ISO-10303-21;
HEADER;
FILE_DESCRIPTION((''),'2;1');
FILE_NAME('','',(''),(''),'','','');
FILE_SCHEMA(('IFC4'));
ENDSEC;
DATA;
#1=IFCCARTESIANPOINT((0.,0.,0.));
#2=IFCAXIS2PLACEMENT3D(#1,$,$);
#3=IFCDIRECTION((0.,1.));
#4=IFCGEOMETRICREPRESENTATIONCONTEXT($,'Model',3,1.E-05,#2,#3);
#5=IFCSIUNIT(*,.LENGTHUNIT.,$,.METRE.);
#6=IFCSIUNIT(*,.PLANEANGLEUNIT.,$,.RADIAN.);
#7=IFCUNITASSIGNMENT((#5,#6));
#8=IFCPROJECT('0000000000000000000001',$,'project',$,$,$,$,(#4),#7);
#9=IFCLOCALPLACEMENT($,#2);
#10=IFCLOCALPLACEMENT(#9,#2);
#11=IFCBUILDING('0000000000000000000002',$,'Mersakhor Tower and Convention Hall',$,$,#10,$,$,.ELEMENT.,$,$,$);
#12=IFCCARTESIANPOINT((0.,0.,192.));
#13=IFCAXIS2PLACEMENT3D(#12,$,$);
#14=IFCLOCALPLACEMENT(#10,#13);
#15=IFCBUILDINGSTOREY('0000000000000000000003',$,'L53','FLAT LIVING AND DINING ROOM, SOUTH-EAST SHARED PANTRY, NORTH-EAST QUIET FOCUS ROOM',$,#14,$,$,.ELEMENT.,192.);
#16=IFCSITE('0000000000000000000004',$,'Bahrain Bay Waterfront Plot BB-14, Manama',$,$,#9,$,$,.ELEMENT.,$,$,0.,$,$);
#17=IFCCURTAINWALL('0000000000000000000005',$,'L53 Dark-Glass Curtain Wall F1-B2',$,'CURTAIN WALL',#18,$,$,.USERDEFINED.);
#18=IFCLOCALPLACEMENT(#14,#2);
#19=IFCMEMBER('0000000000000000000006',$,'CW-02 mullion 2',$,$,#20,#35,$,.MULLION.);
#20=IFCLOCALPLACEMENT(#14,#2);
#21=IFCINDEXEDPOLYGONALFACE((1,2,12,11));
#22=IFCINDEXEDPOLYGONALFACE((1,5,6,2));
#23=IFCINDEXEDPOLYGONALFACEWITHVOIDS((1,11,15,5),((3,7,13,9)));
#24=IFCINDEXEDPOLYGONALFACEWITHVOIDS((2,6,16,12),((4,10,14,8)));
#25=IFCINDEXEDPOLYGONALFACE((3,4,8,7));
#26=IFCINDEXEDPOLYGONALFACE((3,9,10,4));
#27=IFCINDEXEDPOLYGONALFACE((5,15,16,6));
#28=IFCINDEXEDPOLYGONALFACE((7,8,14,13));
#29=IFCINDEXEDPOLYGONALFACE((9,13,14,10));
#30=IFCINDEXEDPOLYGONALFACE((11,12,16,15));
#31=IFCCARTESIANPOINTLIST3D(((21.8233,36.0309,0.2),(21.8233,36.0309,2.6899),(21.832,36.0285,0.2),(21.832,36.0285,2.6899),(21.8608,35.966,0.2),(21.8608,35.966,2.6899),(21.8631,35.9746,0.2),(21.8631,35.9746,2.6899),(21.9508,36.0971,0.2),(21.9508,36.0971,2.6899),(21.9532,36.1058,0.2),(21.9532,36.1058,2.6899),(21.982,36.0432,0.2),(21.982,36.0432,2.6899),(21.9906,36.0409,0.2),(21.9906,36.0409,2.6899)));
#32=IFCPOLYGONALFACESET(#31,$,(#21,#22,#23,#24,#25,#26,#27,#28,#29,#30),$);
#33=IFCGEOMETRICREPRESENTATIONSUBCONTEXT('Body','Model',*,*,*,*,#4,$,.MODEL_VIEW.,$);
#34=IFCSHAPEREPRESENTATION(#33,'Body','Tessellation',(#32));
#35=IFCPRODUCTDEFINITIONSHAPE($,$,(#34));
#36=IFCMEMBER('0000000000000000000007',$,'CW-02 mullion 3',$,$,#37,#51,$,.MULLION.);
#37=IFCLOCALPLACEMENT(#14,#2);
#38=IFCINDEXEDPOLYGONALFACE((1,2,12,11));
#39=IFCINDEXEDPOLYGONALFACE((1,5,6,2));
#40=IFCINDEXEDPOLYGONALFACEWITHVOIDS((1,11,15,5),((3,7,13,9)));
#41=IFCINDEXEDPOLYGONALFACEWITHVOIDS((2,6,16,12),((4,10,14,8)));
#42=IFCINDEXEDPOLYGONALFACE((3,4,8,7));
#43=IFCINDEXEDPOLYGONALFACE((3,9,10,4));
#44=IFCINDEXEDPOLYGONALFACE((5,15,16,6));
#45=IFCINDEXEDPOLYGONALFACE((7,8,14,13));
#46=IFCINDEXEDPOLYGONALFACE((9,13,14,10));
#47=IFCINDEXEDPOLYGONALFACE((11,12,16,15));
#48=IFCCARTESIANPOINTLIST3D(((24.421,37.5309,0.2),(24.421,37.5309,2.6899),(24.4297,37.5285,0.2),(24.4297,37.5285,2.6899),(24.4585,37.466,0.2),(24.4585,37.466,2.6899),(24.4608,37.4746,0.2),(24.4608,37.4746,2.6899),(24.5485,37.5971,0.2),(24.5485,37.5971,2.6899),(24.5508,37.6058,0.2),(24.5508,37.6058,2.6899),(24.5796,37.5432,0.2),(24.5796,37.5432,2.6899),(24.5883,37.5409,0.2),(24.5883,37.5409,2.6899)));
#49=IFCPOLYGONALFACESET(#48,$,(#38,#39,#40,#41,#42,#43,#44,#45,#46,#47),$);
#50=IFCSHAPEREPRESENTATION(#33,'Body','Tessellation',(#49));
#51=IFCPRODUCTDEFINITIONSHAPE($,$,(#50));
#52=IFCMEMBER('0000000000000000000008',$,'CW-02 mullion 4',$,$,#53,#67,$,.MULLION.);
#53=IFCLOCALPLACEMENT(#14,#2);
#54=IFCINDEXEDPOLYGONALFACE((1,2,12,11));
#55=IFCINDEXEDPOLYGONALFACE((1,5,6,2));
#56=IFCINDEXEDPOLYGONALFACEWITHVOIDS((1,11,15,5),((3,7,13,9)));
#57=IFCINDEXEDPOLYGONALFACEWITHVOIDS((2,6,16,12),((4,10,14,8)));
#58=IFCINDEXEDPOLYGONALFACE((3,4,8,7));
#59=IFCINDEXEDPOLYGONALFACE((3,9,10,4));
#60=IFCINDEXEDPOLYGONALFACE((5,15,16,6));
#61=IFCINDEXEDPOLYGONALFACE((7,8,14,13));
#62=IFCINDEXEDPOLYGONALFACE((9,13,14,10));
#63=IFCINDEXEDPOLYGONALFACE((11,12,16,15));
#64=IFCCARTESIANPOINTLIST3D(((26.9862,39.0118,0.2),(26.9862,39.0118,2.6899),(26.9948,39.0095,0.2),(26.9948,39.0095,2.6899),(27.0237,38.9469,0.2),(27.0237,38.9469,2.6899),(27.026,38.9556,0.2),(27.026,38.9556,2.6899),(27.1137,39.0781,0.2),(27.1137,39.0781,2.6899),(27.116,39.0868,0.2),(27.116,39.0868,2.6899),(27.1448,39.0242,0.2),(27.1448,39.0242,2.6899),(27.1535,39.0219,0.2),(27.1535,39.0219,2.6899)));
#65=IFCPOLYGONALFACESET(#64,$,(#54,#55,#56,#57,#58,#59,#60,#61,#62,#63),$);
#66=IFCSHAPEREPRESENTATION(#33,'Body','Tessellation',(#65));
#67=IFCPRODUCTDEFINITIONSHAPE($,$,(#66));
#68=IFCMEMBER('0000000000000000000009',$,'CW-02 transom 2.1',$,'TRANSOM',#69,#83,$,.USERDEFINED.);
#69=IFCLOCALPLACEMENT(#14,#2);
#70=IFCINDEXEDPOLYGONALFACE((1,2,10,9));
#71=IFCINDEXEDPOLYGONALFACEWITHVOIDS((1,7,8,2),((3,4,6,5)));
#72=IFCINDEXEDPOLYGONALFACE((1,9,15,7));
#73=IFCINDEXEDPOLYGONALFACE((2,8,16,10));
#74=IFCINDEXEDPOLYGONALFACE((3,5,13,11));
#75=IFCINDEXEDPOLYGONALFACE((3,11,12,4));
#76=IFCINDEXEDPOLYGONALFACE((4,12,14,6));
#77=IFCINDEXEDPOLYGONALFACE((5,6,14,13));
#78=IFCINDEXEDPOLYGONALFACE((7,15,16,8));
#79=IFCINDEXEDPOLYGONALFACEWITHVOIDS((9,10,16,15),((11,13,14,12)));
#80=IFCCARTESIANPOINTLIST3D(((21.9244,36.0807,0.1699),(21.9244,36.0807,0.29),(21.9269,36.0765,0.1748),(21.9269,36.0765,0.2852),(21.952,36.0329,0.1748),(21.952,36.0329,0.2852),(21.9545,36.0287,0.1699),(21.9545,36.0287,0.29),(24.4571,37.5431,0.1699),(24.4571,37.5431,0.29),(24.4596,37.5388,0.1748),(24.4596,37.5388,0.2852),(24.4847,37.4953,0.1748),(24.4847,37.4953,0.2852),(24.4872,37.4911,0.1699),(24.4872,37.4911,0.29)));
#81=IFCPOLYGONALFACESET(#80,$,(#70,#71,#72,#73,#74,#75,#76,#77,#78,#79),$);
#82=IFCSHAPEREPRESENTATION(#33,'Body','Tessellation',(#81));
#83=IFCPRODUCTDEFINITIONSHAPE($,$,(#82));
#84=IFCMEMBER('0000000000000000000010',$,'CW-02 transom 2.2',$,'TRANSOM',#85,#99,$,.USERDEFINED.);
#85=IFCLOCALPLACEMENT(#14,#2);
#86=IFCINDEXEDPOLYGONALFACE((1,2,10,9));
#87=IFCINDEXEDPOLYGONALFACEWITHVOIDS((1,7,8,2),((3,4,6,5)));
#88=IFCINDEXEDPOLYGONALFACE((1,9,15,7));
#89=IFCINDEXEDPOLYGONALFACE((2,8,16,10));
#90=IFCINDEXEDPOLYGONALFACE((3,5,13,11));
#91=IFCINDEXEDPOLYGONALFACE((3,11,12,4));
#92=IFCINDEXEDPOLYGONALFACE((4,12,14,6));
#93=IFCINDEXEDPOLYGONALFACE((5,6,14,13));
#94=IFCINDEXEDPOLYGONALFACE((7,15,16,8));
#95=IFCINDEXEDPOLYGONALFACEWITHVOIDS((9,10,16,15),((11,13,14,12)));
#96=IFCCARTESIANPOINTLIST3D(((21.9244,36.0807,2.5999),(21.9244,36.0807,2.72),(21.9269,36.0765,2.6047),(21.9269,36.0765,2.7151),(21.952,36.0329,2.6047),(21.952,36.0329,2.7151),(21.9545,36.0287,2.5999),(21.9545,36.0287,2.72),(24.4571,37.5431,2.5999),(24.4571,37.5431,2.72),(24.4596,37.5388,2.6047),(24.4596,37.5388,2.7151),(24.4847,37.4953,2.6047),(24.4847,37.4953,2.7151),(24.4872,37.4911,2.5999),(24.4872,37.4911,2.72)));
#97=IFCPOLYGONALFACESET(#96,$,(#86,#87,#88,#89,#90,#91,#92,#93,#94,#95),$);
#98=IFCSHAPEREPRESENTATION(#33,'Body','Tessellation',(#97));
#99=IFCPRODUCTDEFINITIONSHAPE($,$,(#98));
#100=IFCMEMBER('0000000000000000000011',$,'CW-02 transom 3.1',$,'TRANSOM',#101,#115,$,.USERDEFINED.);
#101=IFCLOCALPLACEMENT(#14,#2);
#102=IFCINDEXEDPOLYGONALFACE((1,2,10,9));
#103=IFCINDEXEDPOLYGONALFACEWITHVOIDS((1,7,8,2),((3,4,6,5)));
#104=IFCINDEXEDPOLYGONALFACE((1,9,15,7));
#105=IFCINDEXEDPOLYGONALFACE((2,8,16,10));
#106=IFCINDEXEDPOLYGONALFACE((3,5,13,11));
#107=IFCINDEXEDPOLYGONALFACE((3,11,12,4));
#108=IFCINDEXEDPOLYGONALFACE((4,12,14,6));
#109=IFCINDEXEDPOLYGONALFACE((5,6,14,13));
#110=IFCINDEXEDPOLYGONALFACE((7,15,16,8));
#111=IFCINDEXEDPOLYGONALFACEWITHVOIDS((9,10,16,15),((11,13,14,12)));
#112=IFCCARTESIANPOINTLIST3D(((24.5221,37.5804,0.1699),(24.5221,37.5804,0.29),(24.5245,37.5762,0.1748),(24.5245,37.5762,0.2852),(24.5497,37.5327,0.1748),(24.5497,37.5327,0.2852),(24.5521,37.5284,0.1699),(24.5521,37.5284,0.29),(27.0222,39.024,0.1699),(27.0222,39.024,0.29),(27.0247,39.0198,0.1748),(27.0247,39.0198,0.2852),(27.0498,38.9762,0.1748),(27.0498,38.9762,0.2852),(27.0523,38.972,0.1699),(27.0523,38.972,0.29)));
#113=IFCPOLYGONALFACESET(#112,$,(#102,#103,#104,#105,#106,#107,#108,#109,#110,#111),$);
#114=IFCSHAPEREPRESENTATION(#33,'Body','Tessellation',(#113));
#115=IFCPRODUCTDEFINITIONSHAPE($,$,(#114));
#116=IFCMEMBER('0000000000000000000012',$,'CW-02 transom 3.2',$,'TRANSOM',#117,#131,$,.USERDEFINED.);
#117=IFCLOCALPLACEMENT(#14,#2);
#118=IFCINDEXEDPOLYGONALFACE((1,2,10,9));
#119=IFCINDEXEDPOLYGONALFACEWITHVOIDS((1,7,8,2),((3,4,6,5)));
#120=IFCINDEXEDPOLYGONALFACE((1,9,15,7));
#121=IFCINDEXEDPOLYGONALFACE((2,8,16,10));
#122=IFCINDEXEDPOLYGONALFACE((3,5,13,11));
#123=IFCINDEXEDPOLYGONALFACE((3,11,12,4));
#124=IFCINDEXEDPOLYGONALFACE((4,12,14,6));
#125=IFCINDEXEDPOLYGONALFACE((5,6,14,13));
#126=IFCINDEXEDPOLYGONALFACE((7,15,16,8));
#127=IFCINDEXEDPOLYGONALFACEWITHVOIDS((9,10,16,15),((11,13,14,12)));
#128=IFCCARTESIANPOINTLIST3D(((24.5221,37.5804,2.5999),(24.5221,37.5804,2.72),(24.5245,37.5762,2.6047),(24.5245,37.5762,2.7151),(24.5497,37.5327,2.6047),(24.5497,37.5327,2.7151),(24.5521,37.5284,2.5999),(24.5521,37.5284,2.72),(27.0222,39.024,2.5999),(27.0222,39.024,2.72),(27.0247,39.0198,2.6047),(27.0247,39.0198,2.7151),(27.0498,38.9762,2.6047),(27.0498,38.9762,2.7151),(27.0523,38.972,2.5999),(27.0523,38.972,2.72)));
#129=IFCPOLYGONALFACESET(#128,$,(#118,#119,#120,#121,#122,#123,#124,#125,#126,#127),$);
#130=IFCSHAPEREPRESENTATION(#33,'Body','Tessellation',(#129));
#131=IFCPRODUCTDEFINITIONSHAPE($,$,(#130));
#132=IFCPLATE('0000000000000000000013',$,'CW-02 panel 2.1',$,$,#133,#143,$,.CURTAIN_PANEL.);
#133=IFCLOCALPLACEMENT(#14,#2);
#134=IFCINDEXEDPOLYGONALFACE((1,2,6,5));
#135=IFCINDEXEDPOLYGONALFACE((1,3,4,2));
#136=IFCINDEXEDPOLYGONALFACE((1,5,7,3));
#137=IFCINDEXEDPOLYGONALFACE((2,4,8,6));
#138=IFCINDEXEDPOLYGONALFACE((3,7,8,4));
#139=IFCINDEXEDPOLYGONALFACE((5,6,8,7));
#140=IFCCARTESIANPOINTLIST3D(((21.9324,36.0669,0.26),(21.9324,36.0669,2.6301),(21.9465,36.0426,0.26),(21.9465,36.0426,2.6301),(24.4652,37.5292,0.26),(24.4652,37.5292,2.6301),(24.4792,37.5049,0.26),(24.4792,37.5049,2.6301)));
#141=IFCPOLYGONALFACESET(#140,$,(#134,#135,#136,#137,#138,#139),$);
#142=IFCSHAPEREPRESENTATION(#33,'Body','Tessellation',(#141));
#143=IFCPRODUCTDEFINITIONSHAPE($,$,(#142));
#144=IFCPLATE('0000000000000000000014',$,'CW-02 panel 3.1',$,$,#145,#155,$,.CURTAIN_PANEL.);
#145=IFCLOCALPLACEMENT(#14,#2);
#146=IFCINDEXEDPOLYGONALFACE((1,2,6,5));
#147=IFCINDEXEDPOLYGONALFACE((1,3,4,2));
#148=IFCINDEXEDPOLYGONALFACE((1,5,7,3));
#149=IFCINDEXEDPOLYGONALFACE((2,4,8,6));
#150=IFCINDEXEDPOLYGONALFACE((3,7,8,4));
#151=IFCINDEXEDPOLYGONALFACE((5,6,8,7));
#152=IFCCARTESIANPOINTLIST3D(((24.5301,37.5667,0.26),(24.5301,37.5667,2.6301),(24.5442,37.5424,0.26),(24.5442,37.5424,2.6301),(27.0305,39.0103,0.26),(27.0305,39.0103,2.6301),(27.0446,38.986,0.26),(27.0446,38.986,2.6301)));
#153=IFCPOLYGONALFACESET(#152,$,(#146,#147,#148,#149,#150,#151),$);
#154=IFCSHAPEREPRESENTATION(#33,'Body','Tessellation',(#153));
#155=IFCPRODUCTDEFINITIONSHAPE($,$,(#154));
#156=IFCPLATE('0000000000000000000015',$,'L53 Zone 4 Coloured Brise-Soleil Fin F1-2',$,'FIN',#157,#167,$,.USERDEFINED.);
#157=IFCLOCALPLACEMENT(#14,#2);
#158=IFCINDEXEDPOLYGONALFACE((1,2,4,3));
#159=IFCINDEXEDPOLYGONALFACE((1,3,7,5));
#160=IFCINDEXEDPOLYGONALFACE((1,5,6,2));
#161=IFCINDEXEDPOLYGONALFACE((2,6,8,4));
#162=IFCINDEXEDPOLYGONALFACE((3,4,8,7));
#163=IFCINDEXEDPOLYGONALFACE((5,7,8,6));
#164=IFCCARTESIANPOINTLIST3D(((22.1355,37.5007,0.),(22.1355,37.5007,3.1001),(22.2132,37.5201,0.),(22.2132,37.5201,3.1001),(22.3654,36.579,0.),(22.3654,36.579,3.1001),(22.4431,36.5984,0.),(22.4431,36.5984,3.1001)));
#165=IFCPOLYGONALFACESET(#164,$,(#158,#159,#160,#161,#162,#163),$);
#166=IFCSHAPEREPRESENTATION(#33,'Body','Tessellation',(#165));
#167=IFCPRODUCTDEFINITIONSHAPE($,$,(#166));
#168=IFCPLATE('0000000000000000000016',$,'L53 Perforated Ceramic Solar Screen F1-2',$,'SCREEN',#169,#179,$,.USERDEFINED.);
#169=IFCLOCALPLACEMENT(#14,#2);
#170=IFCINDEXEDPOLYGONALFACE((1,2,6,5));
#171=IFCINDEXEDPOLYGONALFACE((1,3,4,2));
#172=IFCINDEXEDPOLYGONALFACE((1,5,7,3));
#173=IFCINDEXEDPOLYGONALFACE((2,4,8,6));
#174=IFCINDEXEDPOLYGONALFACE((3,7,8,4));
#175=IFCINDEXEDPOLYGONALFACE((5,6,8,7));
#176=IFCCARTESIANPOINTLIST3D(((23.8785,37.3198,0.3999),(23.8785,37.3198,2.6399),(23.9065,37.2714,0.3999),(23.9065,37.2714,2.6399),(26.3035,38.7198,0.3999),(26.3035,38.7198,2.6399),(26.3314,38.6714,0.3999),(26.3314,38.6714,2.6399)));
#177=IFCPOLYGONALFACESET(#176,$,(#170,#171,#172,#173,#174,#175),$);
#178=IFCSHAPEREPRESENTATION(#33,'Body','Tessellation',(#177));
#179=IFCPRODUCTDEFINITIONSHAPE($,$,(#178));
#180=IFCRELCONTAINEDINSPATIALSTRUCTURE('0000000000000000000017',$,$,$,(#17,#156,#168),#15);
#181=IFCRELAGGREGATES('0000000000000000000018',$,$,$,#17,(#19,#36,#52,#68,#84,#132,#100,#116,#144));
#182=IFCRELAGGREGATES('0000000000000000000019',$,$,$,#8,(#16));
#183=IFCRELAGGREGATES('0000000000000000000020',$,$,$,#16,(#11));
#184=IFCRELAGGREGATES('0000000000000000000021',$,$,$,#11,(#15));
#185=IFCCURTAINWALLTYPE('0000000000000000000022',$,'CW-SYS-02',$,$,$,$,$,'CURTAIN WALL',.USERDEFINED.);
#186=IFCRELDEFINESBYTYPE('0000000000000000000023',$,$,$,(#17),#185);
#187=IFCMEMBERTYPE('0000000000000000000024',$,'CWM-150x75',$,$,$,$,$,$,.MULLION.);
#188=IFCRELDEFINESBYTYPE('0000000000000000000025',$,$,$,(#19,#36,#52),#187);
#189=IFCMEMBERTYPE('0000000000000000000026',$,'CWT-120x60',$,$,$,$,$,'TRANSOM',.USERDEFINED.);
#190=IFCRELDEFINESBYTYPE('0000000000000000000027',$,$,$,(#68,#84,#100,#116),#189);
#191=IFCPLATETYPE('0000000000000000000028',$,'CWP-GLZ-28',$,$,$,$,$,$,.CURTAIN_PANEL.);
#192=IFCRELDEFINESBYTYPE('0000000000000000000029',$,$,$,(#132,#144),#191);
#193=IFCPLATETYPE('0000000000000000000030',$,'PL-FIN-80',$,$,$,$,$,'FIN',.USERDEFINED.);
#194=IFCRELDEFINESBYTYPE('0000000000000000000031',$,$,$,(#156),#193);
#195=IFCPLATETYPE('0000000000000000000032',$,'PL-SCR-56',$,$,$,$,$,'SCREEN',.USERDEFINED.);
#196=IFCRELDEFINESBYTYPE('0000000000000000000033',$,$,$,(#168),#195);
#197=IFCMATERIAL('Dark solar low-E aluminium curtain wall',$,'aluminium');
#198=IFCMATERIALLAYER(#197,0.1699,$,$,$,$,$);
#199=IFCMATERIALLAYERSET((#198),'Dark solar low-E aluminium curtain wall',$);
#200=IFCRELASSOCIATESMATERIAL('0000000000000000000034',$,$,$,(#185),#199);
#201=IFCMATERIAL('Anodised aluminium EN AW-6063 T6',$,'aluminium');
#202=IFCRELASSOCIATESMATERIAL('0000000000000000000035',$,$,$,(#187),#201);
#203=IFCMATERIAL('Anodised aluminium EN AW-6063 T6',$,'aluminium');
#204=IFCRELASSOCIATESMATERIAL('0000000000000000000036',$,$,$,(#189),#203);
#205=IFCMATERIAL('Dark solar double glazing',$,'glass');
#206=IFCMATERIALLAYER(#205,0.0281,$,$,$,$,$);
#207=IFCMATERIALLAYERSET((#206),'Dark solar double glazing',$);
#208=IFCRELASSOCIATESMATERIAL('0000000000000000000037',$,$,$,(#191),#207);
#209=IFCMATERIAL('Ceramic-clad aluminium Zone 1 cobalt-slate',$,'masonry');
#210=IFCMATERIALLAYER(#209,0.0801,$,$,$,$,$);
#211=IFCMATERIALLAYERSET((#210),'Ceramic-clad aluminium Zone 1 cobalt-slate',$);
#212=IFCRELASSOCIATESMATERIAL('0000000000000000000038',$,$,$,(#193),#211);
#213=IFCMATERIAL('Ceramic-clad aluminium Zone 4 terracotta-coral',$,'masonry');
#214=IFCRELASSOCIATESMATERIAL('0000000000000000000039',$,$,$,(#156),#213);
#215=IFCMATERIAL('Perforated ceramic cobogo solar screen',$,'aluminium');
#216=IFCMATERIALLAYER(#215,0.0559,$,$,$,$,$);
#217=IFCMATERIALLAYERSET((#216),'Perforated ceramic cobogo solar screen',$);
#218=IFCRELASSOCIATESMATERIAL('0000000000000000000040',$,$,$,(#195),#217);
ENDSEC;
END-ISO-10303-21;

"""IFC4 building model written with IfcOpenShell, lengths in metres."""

from ifc_helpers import new_model, si_unit, direction, frame, origin, origin_2d, place, context, subcontext, project, spatial, rectangle, hollow_rectangle, extrude, material, layer, layer_set, material_profile, profile_set, type_object, element, aggregate, save


model = new_model("IFC4")

# Units and contexts
model_context = context("Model", 3, precision=1e-05, world=origin(), true_north=direction((0.0, 1.0)))
body_context = subcontext(model_context, "Body", "Model", "MODEL_VIEW")
ifc_project = project(units=[si_unit("LENGTHUNIT", "METRE"), si_unit("PLANEANGLEUNIT", "RADIAN")], contexts=[model_context])

# Site, building, storey
site_placement = place(None, origin())
site = spatial("IfcSite", under=ifc_project, at=site_placement, Name="Bahrain Bay Waterfront Plot BB-14, Manama", CompositionType="ELEMENT", RefElevation=0.0)
building_placement = place(site_placement, origin())
building = spatial("IfcBuilding", under=site, at=building_placement, Name="Mersakhor Tower and Convention Hall", CompositionType="ELEMENT")
storey_placement = place(building_placement, frame((0.0, 0.0, 192.0)))
storey = spatial("IfcBuildingStorey", under=building, at=storey_placement, Name="L53", Description="FLAT LIVING AND DINING ROOM, SOUTH-EAST SHARED PANTRY, NORTH-EAST QUIET FOCUS ROOM", CompositionType="ELEMENT", Elevation=192.0)

# Curtain wall, members, plates
ifc_material_1 = material(Name="Dark solar low-E aluminium curtain wall", Category="aluminium")
ifc_layer_1 = layer(ifc_material_1, 0.1699)
ifc_layer_set_1 = layer_set([ifc_layer_1], Name="Dark solar low-E aluminium curtain wall")
curtain_wall_type = type_object("IfcCurtainWallType", Name="CW-SYS-02", ElementType="CURTAIN WALL", PredefinedType="USERDEFINED", material=ifc_layer_set_1)
curtain_wall_placement = place(storey_placement, origin())
curtain_wall = element("IfcCurtainWall", 1, at=curtain_wall_placement, inside=storey, type_object=curtain_wall_type, Name="L53 Dark-Glass Curtain Wall F1-B2", ObjectType="CURTAIN WALL", PredefinedType="USERDEFINED")
ifc_material_2 = material(Name="Anodised aluminium EN AW-6063 T6", Category="aluminium")
ifc_material_profile_1 = material_profile(ifc_material_2, hollow_rectangle(XDim=0.075, YDim=0.1499, WallThickness=0.0063, at=origin_2d()), Name="RHS 150x75x6.3")
ifc_profile_set_1 = profile_set([ifc_material_profile_1], Name="Anodised aluminium EN AW-6063 T6")
member_type_1 = type_object("IfcMemberType", Name="CWM-150x75", PredefinedType="MULLION", material=ifc_profile_set_1)
member_1_placement = place(storey_placement, frame((21.907, 36.0359, 0.2), z_axis=(0.0, 0.0, 1.0), x_axis=(-0.500008, 0.866021, 0.0)))
member_1 = element("IfcMember", 2, at=member_1_placement, type_object=member_type_1, Name="CW-02 mullion 2", PredefinedType="MULLION", context=body_context, shape_type="SweptSolid", body=[
    extrude(hollow_rectangle(XDim=0.075, YDim=0.1499, WallThickness=0.0063, at=origin_2d()), origin(), (0.0, 0.0, 1.0), 2.49),
])
member_2_placement = place(storey_placement, frame((24.5046, 37.5359, 0.2), z_axis=(0.0, 0.0, 1.0), x_axis=(-0.500008, 0.866021, 0.0)))
member_2 = element("IfcMember", 3, at=member_2_placement, type_object=member_type_1, Name="CW-02 mullion 3", PredefinedType="MULLION", context=body_context, shape_type="SweptSolid", body=[
    extrude(hollow_rectangle(XDim=0.075, YDim=0.1499, WallThickness=0.0063, at=origin_2d()), origin(), (0.0, 0.0, 1.0), 2.49),
])
member_3_placement = place(storey_placement, frame((27.0698, 39.0168, 0.2), z_axis=(0.0, 0.0, 1.0), x_axis=(-0.500008, 0.866021, 0.0)))
member_3 = element("IfcMember", 4, at=member_3_placement, type_object=member_type_1, Name="CW-02 mullion 4", PredefinedType="MULLION", context=body_context, shape_type="SweptSolid", body=[
    extrude(hollow_rectangle(XDim=0.075, YDim=0.1499, WallThickness=0.0063, at=origin_2d()), origin(), (0.0, 0.0, 1.0), 2.49),
])
ifc_material_3 = material(Name="Anodised aluminium EN AW-6063 T6", Category="aluminium")
ifc_material_profile_2 = material_profile(ifc_material_3, hollow_rectangle(XDim=0.0601, YDim=0.1201, WallThickness=0.0049, at=origin_2d()), Name="RHS 120x60x5")
ifc_profile_set_2 = profile_set([ifc_material_profile_2], Name="Anodised aluminium EN AW-6063 T6")
member_type_2 = type_object("IfcMemberType", Name="CWT-120x60", ElementType="TRANSOM", PredefinedType="USERDEFINED", material=ifc_profile_set_2)
member_4_placement = place(storey_placement, frame((21.9395, 36.0547, 0.23), z_axis=(0.866005, 0.500036, 0.0), x_axis=(-0.500036, 0.866005, 0.0)))
member_4 = element("IfcMember", 5, at=member_4_placement, type_object=member_type_2, Name="CW-02 transom 2.1", ObjectType="TRANSOM", PredefinedType="USERDEFINED", context=body_context, shape_type="SweptSolid", body=[
    extrude(hollow_rectangle(XDim=0.0601, YDim=0.1201, WallThickness=0.0049, at=origin_2d()), origin(), (0.0, 0.0, 1.0), 2.9246),
])
member_5_placement = place(storey_placement, frame((21.9395, 36.0547, 2.6599), z_axis=(0.866005, 0.500036, 0.0), x_axis=(-0.500036, 0.866005, 0.0)))
member_5 = element("IfcMember", 6, at=member_5_placement, type_object=member_type_2, Name="CW-02 transom 2.2", ObjectType="TRANSOM", PredefinedType="USERDEFINED", context=body_context, shape_type="SweptSolid", body=[
    extrude(hollow_rectangle(XDim=0.0601, YDim=0.1201, WallThickness=0.0049, at=origin_2d()), origin(), (0.0, 0.0, 1.0), 2.9246),
])
member_6_placement = place(storey_placement, frame((24.5371, 37.5544, 0.23), z_axis=(0.866012, 0.500023, 0.0), x_axis=(-0.500023, 0.866012, 0.0)))
member_6 = element("IfcMember", 7, at=member_6_placement, type_object=member_type_2, Name="CW-02 transom 3.1", ObjectType="TRANSOM", PredefinedType="USERDEFINED", context=body_context, shape_type="SweptSolid", body=[
    extrude(hollow_rectangle(XDim=0.0601, YDim=0.1201, WallThickness=0.0049, at=origin_2d()), origin(), (0.0, 0.0, 1.0), 2.887),
])
member_7_placement = place(storey_placement, frame((24.5371, 37.5544, 2.6599), z_axis=(0.866012, 0.500023, 0.0), x_axis=(-0.500023, 0.866012, 0.0)))
member_7 = element("IfcMember", 8, at=member_7_placement, type_object=member_type_2, Name="CW-02 transom 3.2", ObjectType="TRANSOM", PredefinedType="USERDEFINED", context=body_context, shape_type="SweptSolid", body=[
    extrude(hollow_rectangle(XDim=0.0601, YDim=0.1201, WallThickness=0.0049, at=origin_2d()), origin(), (0.0, 0.0, 1.0), 2.887),
])
ifc_material_4 = material(Name="Dark solar double glazing", Category="glass")
ifc_layer_2 = layer(ifc_material_4, 0.0281)
ifc_layer_set_2 = layer_set([ifc_layer_2], Name="Dark solar double glazing")
plate_type_1 = type_object("IfcPlateType", Name="CWP-GLZ-28", PredefinedType="CURTAIN_PANEL", material=ifc_layer_set_2)
plate_1_placement = place(storey_placement, frame((23.2058, 36.7859, 0.26), z_axis=(0.0, 0.0, 1.0), x_axis=(0.866021, 0.500008, 0.0)))
plate_1 = element("IfcPlate", 9, at=plate_1_placement, type_object=plate_type_1, Name="CW-02 panel 2.1", PredefinedType="CURTAIN_PANEL", context=body_context, shape_type="SweptSolid", body=[
    extrude(rectangle(XDim=2.9246, YDim=0.0281, at=origin_2d()), origin(), (0.0, 0.0, 1.0), 2.3701),
])
plate_2_placement = place(storey_placement, frame((25.7874, 38.2764, 0.26), z_axis=(0.0, 0.0, 1.0), x_axis=(0.866021, 0.500008, 0.0)))
plate_2 = element("IfcPlate", 10, at=plate_2_placement, type_object=plate_type_1, Name="CW-02 panel 3.1", PredefinedType="CURTAIN_PANEL", context=body_context, shape_type="SweptSolid", body=[
    extrude(rectangle(XDim=2.8872, YDim=0.0281, at=origin_2d()), origin(), (0.0, 0.0, 1.0), 2.3701),
])
aggregate(curtain_wall, [member_1, member_2, member_3, member_4, member_5, plate_1, member_6, member_7, plate_2])

# Plates
ifc_material_5 = material(Name="Ceramic-clad aluminium Zone 4 terracotta-coral", Category="masonry")
ifc_material_6 = material(Name="Ceramic-clad aluminium Zone 1 cobalt-slate", Category="masonry")
ifc_layer_3 = layer(ifc_material_6, 0.0801)
ifc_layer_set_3 = layer_set([ifc_layer_3], Name="Ceramic-clad aluminium Zone 1 cobalt-slate")
plate_type_2 = type_object("IfcPlateType", Name="PL-FIN-80", ElementType="FIN", PredefinedType="USERDEFINED", material=ifc_layer_set_3)
plate_3_placement = place(storey_placement, frame((22.2893, 37.0496, 0.0), z_axis=(0.0, 0.0, 1.0), x_axis=(-0.241922, 0.970296, 0.0)))
element("IfcPlate", 11, at=plate_3_placement, inside=storey, type_object=plate_type_2, material=ifc_material_5, Name="L53 Zone 4 Coloured Brise-Soleil Fin F1-2", ObjectType="FIN", PredefinedType="USERDEFINED", context=body_context, shape_type="SweptSolid", body=[
    extrude(rectangle(XDim=0.95, YDim=0.0801, at=origin_2d()), origin(), (0.0, 0.0, 1.0), 3.1001),
])
ifc_material_7 = material(Name="Perforated ceramic cobogo solar screen", Category="aluminium")
ifc_layer_4 = layer(ifc_material_7, 0.0559)
ifc_layer_set_4 = layer_set([ifc_layer_4], Name="Perforated ceramic cobogo solar screen")
plate_type_3 = type_object("IfcPlateType", Name="PL-SCR-56", ElementType="SCREEN", PredefinedType="USERDEFINED", material=ifc_layer_set_4)
plate_4_placement = place(storey_placement, frame((25.105, 37.9956, 0.3999), z_axis=(0.0, 0.0, 1.0), x_axis=(0.866025, 0.5, 0.0)))
element("IfcPlate", 12, at=plate_4_placement, inside=storey, type_object=plate_type_3, Name="L53 Perforated Ceramic Solar Screen F1-2", ObjectType="SCREEN", PredefinedType="USERDEFINED", context=body_context, shape_type="SweptSolid", body=[
    extrude(rectangle(XDim=2.8, YDim=0.0559, at=origin_2d()), origin(), (0.0, 0.0, 1.0), 2.24),
])

save(model, "model.ifc")
